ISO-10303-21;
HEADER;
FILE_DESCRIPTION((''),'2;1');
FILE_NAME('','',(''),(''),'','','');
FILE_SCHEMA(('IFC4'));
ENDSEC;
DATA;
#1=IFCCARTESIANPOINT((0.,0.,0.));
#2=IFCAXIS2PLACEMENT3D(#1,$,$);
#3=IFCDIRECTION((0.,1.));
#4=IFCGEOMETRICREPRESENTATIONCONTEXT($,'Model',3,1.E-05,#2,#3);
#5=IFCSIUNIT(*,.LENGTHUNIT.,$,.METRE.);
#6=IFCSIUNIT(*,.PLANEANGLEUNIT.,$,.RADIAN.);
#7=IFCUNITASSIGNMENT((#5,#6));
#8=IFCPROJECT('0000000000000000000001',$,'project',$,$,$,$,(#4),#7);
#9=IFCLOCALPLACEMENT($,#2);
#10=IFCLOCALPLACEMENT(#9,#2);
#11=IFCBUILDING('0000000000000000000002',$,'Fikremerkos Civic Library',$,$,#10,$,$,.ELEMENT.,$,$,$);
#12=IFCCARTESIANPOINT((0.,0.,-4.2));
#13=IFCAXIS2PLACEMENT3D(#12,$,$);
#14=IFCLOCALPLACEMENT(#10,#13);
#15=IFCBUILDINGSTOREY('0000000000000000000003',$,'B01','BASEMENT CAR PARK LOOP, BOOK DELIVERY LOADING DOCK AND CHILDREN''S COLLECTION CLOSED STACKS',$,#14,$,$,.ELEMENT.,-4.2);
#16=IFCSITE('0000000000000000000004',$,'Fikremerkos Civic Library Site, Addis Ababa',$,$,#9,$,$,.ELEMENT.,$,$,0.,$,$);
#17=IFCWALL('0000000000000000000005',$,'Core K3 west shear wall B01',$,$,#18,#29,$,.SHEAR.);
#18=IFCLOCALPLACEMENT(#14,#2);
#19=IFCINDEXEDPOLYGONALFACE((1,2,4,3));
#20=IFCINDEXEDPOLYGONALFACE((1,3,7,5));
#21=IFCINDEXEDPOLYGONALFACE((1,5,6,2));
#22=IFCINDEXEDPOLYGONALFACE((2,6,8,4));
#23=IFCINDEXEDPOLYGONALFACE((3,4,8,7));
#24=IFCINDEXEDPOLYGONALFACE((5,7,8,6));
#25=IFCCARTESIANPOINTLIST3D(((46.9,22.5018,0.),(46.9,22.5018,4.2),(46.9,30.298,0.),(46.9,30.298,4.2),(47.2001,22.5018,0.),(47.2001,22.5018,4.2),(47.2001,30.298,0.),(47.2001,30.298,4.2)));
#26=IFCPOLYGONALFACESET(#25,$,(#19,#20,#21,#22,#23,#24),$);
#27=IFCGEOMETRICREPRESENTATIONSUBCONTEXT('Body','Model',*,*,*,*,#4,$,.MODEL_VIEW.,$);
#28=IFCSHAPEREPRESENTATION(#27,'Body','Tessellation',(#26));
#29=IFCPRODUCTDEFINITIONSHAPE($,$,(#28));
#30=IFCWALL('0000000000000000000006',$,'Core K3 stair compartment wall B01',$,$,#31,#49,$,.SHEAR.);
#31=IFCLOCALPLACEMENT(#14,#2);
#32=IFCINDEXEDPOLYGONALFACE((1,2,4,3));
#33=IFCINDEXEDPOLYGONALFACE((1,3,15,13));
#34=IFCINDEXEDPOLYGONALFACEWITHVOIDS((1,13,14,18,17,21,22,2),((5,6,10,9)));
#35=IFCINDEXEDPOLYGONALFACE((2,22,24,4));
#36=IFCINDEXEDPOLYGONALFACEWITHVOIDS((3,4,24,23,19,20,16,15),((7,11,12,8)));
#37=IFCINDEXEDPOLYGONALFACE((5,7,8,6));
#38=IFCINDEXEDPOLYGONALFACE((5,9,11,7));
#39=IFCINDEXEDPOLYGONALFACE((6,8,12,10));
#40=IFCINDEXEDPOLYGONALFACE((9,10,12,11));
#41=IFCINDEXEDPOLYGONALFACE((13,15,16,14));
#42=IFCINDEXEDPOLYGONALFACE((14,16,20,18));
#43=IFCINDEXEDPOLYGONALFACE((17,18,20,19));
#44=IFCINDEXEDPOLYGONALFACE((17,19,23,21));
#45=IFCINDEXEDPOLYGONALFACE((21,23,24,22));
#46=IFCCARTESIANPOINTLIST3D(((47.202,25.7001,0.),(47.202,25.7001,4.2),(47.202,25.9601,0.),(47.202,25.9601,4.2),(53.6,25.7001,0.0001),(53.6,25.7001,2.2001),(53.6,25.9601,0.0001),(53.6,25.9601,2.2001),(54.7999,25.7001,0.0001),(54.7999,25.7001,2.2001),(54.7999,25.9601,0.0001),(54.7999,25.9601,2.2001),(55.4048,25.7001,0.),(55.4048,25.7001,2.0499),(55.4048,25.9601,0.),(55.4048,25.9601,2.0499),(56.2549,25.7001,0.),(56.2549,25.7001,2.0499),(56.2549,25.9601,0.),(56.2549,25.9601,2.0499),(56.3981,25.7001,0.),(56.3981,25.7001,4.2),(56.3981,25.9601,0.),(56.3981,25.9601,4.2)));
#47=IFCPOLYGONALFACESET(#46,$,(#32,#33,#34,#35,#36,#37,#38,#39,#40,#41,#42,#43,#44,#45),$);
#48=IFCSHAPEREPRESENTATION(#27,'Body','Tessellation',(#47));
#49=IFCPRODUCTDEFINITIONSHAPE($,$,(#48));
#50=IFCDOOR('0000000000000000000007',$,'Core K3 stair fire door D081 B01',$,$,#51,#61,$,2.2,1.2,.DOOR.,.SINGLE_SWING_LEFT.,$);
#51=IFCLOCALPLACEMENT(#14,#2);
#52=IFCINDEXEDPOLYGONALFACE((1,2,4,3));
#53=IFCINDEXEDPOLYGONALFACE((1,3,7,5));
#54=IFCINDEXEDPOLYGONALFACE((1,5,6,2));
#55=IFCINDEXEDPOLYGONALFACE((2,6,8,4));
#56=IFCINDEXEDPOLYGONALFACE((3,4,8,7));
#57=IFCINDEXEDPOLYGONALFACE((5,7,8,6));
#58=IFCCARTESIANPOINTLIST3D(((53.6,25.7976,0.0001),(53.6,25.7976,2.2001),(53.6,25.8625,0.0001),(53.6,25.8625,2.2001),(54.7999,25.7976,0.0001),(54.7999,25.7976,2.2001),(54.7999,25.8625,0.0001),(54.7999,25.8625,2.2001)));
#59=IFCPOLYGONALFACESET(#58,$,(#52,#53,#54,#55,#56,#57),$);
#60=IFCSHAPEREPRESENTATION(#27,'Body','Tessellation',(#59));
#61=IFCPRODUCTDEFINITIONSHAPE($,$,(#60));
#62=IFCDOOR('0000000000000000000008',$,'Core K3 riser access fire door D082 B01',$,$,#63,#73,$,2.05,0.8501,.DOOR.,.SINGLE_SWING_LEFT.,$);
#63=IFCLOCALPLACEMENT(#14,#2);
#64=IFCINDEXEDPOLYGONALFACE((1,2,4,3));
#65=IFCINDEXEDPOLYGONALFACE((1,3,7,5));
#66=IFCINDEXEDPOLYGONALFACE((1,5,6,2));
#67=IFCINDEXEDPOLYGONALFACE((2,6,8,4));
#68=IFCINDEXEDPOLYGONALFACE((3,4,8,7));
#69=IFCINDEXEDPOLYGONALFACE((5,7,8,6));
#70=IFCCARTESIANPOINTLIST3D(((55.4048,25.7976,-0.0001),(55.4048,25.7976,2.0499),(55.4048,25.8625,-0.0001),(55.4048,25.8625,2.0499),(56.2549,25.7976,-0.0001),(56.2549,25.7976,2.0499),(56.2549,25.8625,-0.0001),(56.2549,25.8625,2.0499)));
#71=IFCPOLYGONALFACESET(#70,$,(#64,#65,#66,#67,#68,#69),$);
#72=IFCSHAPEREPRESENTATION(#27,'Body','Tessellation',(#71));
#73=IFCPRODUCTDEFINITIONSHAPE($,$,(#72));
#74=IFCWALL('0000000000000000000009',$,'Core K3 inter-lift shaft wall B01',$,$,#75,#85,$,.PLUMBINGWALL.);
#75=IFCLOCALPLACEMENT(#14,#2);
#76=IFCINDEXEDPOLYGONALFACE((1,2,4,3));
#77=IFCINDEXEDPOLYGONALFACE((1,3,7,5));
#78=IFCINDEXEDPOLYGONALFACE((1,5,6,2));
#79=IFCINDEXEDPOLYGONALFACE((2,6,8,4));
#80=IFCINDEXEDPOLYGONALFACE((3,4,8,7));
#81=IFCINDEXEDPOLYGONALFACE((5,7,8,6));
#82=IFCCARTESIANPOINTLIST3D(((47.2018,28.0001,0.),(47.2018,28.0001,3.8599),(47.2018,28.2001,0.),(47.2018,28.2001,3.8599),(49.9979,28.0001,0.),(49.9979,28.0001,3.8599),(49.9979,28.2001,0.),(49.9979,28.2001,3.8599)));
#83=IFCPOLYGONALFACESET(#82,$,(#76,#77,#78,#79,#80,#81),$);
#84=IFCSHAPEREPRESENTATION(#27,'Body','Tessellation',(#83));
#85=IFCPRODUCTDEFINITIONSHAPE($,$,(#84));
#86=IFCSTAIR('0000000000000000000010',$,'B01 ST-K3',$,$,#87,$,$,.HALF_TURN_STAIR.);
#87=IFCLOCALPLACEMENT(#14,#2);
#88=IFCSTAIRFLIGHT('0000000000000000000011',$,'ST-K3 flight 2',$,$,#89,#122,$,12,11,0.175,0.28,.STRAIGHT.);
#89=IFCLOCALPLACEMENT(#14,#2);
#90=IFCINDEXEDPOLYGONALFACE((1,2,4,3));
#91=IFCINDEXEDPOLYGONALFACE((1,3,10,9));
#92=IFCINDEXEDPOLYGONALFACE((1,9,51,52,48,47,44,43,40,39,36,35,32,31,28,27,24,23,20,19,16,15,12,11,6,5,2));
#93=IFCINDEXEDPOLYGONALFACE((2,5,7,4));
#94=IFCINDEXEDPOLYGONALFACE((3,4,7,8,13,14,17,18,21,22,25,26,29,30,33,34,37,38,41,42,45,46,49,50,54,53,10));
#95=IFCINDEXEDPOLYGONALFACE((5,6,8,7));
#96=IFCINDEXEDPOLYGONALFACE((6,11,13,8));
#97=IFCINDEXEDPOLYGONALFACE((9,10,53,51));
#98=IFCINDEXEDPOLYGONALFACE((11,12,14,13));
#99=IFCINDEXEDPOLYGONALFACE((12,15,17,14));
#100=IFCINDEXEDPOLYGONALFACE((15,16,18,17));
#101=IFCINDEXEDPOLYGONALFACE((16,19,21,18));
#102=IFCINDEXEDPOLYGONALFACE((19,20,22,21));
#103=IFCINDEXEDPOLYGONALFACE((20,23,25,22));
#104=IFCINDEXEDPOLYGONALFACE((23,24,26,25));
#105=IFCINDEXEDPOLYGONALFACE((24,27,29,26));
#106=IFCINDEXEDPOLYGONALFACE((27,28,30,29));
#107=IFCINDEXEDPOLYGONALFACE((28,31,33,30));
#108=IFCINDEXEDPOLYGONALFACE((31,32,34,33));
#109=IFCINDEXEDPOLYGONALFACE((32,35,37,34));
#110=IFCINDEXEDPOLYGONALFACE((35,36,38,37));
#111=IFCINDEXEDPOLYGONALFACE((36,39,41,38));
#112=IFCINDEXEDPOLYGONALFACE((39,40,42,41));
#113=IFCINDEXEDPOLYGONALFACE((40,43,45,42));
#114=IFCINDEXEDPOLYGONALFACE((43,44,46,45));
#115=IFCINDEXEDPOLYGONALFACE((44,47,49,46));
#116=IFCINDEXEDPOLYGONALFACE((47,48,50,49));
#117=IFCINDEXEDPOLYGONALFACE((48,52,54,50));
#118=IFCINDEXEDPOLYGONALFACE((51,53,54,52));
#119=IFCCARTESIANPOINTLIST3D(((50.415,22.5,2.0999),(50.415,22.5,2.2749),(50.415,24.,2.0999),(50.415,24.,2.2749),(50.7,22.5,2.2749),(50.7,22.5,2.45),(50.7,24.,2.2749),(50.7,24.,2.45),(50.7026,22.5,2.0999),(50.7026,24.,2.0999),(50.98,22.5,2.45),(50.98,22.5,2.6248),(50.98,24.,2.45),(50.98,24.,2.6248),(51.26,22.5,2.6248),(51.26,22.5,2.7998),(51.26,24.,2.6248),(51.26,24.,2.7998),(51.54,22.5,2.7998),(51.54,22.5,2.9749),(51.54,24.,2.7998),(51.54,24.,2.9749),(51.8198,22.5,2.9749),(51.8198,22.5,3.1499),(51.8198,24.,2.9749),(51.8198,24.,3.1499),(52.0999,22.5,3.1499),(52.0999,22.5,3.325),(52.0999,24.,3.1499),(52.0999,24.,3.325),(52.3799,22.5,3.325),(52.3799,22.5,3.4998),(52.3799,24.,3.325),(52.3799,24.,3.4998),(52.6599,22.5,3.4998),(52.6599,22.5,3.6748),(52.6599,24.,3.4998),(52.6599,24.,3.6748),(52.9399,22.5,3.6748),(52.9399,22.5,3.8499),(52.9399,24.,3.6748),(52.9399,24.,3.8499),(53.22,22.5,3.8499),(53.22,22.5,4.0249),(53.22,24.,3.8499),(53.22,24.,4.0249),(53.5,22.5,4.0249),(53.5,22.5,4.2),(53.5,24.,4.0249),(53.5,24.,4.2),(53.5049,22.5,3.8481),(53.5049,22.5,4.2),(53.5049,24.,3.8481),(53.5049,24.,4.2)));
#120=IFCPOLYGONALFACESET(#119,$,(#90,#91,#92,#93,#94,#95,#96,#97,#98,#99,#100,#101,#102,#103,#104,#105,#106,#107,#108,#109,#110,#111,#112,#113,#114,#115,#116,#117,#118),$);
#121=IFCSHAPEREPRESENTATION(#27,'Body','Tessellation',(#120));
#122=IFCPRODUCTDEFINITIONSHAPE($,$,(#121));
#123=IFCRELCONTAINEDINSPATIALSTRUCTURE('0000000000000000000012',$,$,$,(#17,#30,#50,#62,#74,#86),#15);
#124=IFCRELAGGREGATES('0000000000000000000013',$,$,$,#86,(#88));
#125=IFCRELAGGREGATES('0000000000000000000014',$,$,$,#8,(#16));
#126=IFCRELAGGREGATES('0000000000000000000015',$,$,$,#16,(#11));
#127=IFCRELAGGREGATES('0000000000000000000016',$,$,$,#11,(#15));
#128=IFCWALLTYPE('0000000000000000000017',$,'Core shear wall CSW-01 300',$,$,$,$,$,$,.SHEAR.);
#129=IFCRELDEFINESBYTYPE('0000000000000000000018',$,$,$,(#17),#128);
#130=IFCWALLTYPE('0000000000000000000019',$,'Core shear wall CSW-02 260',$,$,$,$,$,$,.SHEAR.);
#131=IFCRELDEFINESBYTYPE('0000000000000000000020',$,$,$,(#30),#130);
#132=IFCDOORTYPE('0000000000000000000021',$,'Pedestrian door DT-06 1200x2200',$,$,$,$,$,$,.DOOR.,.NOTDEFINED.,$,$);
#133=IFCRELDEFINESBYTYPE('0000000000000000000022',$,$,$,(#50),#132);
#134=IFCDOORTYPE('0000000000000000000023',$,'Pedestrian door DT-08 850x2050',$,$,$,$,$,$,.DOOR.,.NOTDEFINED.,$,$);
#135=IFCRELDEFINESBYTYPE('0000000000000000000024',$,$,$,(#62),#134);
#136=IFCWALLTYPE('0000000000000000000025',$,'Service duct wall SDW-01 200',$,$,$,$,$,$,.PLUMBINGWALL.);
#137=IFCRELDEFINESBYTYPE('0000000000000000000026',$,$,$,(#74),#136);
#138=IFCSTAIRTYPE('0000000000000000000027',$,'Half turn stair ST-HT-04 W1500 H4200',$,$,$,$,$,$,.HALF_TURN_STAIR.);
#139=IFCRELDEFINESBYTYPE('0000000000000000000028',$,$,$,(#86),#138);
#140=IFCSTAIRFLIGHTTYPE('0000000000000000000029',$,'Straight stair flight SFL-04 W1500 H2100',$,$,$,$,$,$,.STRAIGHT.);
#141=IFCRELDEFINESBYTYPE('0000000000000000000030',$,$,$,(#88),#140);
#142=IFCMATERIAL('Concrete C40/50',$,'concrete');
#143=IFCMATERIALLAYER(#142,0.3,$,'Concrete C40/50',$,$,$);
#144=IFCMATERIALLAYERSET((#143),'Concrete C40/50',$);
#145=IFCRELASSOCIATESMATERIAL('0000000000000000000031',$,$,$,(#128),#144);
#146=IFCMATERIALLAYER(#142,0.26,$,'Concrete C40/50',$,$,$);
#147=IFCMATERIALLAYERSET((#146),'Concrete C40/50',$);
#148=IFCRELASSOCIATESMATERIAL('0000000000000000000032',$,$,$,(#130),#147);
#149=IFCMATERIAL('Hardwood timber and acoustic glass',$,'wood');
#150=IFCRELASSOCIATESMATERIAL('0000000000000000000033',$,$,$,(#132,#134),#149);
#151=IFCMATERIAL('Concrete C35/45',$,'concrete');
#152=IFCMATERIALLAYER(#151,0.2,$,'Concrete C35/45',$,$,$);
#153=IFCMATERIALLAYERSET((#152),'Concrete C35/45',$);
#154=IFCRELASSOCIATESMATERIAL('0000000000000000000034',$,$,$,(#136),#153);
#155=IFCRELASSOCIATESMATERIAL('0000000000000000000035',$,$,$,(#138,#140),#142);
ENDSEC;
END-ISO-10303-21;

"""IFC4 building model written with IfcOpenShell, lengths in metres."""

from ifc_helpers import new_model, si_unit, direction, frame, frame_2d, origin, place, context, subcontext, project, spatial, polyline, rectangle, outline, extrude, material, layer, layer_set, type_object, element, fill, aggregate, save


model = new_model("IFC4")

# Units and contexts
model_context = context("Model", 3, precision=1e-05, world=origin(), true_north=direction((0.0, 1.0)))
body_context = subcontext(model_context, "Body", "Model", "MODEL_VIEW")
ifc_project = project(units=[si_unit("LENGTHUNIT", "METRE"), si_unit("PLANEANGLEUNIT", "RADIAN")], contexts=[model_context])

# Site, building, storey
site_placement = place(None, origin())
site = spatial("IfcSite", under=ifc_project, at=site_placement, Name="Fikremerkos Civic Library Site, Addis Ababa", CompositionType="ELEMENT", RefElevation=0.0)
building_placement = place(site_placement, origin())
building = spatial("IfcBuilding", under=site, at=building_placement, Name="Fikremerkos Civic Library", CompositionType="ELEMENT")
storey_placement = place(building_placement, frame((0.0, 0.0, -4.2)))
storey = spatial("IfcBuildingStorey", under=building, at=storey_placement, Name="B01", Description="BASEMENT CAR PARK LOOP, BOOK DELIVERY LOADING DOCK AND CHILDREN'S COLLECTION CLOSED STACKS", CompositionType="ELEMENT", Elevation=-4.2)

# Shared definitions
ifc_material_1 = material(Name="Concrete C40/50", Category="concrete")

# Shared definitions
ifc_layer_1 = layer(ifc_material_1, 0.3, Name="Concrete C40/50")
ifc_layer_set_1 = layer_set([ifc_layer_1], Name="Concrete C40/50")
wall_type_1 = type_object("IfcWallType", Name="Core shear wall CSW-01 300", PredefinedType="SHEAR", material=ifc_layer_set_1)
ifc_material_2 = material(Name="Hardwood timber and acoustic glass", Category="wood")

# Wall
wall_1_placement = place(storey_placement, frame((47.05, 22.502, 0.0), z_axis=(0.0, 0.0, 1.0), x_axis=(0.0, 1.0, 0.0)))
element("IfcWall", 1, at=wall_1_placement, inside=storey, type_object=wall_type_1, Name="Core K3 west shear wall B01", PredefinedType="SHEAR", context=body_context, shape_type="SweptSolid", body=[
    extrude(rectangle(XDim=7.7961, YDim=0.3, at=frame_2d((3.8979, 0.0))), origin(), (0.0, 0.0, 1.0), 4.2),
])

# Wall, openings, doors
ifc_layer_2 = layer(ifc_material_1, 0.26, Name="Concrete C40/50")
ifc_layer_set_2 = layer_set([ifc_layer_2], Name="Concrete C40/50")
wall_type_2 = type_object("IfcWallType", Name="Core shear wall CSW-02 260", PredefinedType="SHEAR", material=ifc_layer_set_2)
wall_2_placement = place(storey_placement, frame((47.2019, 25.8301, 0.0), z_axis=(0.0, 0.0, 1.0), x_axis=(1.0, 0.0, 0.0)))
wall_2 = element("IfcWall", 2, at=wall_2_placement, inside=storey, type_object=wall_type_2, Name="Core K3 stair compartment wall B01", PredefinedType="SHEAR", context=body_context, shape_type="SweptSolid", body=[
    extrude(rectangle(XDim=9.196, YDim=0.26, at=frame_2d((4.5981, 0.0))), origin(), (0.0, 0.0, 1.0), 4.2),
])
opening_1_placement = place(wall_2_placement, frame((6.3979, 0.0, 0.0)))
opening_1 = element("IfcOpeningElement", 3, at=opening_1_placement, cuts=wall_2, PredefinedType="OPENING", context=body_context, shape_type="SweptSolid", body=[
    extrude(rectangle(XDim=1.2, YDim=2.2, at=frame_2d((0.6001, 1.1001))), frame((0.0, 0.1399, 0.0), z_axis=(0.0, -1.0, 0.0), x_axis=(1.0, 0.0, 0.0)), (0.0, 0.0, 1.0), 0.28),
])
opening_2_placement = place(wall_2_placement, frame((8.2029, 0.0, 0.0)))
opening_2 = element("IfcOpeningElement", 4, at=opening_2_placement, cuts=wall_2, PredefinedType="OPENING", context=body_context, shape_type="SweptSolid", body=[
    extrude(rectangle(XDim=0.8501, YDim=2.05, at=frame_2d((0.425, 1.0249))), frame((0.0, 0.1399, 0.0), z_axis=(0.0, -1.0, 0.0), x_axis=(1.0, 0.0, 0.0)), (0.0, 0.0, 1.0), 0.28),
])
door_type_1 = type_object("IfcDoorType", Name="Pedestrian door DT-06 1200x2200", OperationType="NOTDEFINED", PredefinedType="DOOR", material=ifc_material_2)
door_1_placement = place(opening_1_placement, origin())
door_1 = element("IfcDoor", 5, at=door_1_placement, inside=storey, type_object=door_type_1, Name="Core K3 stair fire door D081 B01", OperationType="SINGLE_SWING_LEFT", OverallHeight=2.2, OverallWidth=1.2, PredefinedType="DOOR", context=body_context, shape_type="SweptSolid", body=[
    extrude(rectangle(XDim=1.2, YDim=2.2, at=frame_2d((0.6001, 1.1001))), frame((0.0, 0.0325, 0.0), z_axis=(0.0, -1.0, 0.0), x_axis=(1.0, 0.0, 0.0)), (0.0, 0.0, 1.0), 0.0649),
])
fill(opening_1, door_1)
door_type_2 = type_object("IfcDoorType", Name="Pedestrian door DT-08 850x2050", OperationType="NOTDEFINED", PredefinedType="DOOR", material=ifc_material_2)
door_2_placement = place(opening_2_placement, origin())
door_2 = element("IfcDoor", 6, at=door_2_placement, inside=storey, type_object=door_type_2, Name="Core K3 riser access fire door D082 B01", OperationType="SINGLE_SWING_LEFT", OverallHeight=2.05, OverallWidth=0.8501, PredefinedType="DOOR", context=body_context, shape_type="SweptSolid", body=[
    extrude(rectangle(XDim=0.8501, YDim=2.05, at=frame_2d((0.425, 1.0249))), frame((0.0, 0.0325, 0.0), z_axis=(0.0, -1.0, 0.0), x_axis=(1.0, 0.0, 0.0)), (0.0, 0.0, 1.0), 0.0649),
])
fill(opening_2, door_2)

# Wall
ifc_material_3 = material(Name="Concrete C35/45", Category="concrete")
ifc_layer_3 = layer(ifc_material_3, 0.2, Name="Concrete C35/45")
ifc_layer_set_3 = layer_set([ifc_layer_3], Name="Concrete C35/45")
wall_type_3 = type_object("IfcWallType", Name="Service duct wall SDW-01 200", PredefinedType="PLUMBINGWALL", material=ifc_layer_set_3)
wall_3_placement = place(storey_placement, frame((47.2019, 28.1001, 0.0), z_axis=(0.0, 0.0, 1.0), x_axis=(1.0, 0.0, 0.0)))
element("IfcWall", 7, at=wall_3_placement, inside=storey, type_object=wall_type_3, Name="Core K3 inter-lift shaft wall B01", PredefinedType="PLUMBINGWALL", context=body_context, shape_type="SweptSolid", body=[
    extrude(rectangle(XDim=2.7961, YDim=0.2, at=frame_2d((1.3979, 0.0))), origin(), (0.0, 0.0, 1.0), 3.8599),
])

# Stair, stair flight
stair_type = type_object("IfcStairType", Name="Half turn stair ST-HT-04 W1500 H4200", PredefinedType="HALF_TURN_STAIR", material=ifc_material_1)
stair_placement = place(storey_placement, origin())
stair = element("IfcStair", 8, at=stair_placement, inside=storey, type_object=stair_type, Name="B01 ST-K3", PredefinedType="HALF_TURN_STAIR")
stair_flight_type = type_object("IfcStairFlightType", Name="Straight stair flight SFL-04 W1500 H2100", PredefinedType="STRAIGHT", material=ifc_material_1)
stair_flight_placement = place(storey_placement, frame((50.4199, 23.25, 2.0999), z_axis=(0.0, 0.0, 1.0), x_axis=(1.0, 0.0, 0.0)))
stair_flight = element("IfcStairFlight", 9, at=stair_flight_placement, type_object=stair_flight_type, Name="ST-K3 flight 2", NumberOfRisers=12, NumberOfTreads=11, PredefinedType="STRAIGHT", RiserHeight=0.175, TreadLength=0.28, context=body_context, shape_type="SweptSolid", body=[
    extrude(outline(polyline([(-0.0049, 0.0), (-0.0049, 0.175), (0.28, 0.175), (0.28, 0.3501), (0.5601, 0.3501), (0.5601, 0.5249), (0.8401, 0.5249), (0.8401, 0.7), (1.1201, 0.7), (1.1201, 0.875), (1.3999, 0.875), (1.3999, 1.05), (1.6799, 1.05), (1.6799, 1.2251), (1.96, 1.2251), (1.96, 1.3999), (2.24, 1.3999), (2.24, 1.575), (2.52, 1.575), (2.52, 1.75), (2.8, 1.75), (2.8, 1.925), (3.0801, 1.925), (3.0801, 2.1001), (3.085, 2.1001), (3.085, 1.7483), (0.2827, 0.0), (-0.0049, 0.0)])), frame((0.0, 0.75, 0.0), z_axis=(0.0, -1.0, 0.0), x_axis=(1.0, 0.0, 0.0)), (0.0, 0.0, 1.0), 1.5),
])
aggregate(stair, [stair_flight])

save(model, "model.ifc")
